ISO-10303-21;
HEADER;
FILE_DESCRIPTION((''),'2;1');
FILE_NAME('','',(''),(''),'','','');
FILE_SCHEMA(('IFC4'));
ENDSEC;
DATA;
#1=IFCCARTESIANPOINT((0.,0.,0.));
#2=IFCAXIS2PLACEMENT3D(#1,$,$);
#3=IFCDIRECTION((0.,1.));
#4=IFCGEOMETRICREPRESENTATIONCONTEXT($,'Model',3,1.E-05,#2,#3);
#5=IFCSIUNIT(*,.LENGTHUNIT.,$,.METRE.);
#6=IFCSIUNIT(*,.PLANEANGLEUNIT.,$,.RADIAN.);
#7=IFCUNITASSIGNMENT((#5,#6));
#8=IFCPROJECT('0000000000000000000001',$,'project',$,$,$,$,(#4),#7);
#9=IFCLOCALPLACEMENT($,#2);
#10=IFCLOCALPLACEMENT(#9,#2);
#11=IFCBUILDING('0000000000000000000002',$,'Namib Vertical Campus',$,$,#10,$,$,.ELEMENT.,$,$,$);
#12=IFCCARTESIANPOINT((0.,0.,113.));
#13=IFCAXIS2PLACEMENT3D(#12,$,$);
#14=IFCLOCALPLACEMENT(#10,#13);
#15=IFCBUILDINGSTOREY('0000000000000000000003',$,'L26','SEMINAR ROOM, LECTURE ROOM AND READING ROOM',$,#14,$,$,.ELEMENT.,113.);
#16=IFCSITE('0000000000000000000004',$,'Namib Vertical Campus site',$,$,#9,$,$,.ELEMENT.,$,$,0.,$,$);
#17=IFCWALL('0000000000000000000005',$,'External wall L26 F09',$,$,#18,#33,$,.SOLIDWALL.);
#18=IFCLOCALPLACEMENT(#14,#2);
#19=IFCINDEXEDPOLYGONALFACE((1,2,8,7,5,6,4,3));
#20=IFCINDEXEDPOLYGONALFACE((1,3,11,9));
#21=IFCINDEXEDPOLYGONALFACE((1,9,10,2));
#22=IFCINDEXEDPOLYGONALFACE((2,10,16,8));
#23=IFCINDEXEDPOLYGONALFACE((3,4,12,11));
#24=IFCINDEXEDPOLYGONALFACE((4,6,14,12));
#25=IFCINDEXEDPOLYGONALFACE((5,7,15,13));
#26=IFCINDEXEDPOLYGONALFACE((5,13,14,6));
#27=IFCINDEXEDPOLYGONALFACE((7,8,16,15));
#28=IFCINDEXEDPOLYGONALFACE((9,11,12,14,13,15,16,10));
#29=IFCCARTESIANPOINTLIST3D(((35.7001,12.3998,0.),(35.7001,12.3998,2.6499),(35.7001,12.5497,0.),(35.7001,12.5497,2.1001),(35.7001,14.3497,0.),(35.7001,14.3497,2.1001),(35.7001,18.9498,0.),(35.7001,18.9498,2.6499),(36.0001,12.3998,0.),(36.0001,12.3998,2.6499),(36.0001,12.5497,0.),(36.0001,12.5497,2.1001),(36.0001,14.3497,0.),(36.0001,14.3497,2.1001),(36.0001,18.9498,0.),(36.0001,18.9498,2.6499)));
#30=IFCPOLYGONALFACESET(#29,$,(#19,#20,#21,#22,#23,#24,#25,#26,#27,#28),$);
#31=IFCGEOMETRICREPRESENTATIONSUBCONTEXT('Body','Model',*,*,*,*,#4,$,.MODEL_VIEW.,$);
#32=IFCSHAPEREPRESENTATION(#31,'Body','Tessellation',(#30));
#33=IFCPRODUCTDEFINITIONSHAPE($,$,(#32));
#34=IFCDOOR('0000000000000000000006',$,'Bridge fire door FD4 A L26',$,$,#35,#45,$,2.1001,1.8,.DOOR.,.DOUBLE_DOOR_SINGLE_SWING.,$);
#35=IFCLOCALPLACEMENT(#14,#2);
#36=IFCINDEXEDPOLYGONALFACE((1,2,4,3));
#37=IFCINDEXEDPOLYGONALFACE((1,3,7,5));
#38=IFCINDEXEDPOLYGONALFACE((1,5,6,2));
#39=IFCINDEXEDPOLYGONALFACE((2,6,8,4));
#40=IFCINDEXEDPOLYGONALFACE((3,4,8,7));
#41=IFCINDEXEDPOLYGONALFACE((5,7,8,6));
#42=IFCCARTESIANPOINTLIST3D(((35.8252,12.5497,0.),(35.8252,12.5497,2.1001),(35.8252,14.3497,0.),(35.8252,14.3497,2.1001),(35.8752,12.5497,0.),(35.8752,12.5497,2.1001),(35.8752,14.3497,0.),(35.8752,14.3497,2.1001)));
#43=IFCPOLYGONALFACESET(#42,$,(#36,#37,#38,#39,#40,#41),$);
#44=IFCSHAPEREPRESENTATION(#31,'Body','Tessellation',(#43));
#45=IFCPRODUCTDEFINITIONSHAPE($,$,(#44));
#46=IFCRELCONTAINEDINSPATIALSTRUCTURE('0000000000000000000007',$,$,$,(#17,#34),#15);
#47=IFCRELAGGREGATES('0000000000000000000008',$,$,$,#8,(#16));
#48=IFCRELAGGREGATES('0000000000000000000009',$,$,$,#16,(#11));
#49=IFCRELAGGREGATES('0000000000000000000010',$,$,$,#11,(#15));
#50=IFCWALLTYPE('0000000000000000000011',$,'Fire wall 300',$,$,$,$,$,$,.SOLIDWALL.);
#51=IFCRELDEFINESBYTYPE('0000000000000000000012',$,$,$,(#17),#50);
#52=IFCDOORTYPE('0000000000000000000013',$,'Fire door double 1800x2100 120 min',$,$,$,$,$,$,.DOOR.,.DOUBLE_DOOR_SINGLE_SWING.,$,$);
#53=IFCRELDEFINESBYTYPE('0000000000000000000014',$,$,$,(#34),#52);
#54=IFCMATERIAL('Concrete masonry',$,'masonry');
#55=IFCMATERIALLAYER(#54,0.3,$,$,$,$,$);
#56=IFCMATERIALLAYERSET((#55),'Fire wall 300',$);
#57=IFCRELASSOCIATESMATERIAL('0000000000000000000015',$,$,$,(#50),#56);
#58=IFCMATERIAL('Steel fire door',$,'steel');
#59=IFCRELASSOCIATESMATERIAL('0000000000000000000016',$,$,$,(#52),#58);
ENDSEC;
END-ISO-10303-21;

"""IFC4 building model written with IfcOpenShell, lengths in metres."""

from ifc_helpers import new_model, si_unit, direction, frame, frame_2d, origin, place, context, subcontext, project, spatial, rectangle, extrude, material, layer, layer_set, type_object, element, fill, save


model = new_model("IFC4")

# Units and contexts
model_context = context("Model", 3, precision=1e-05, world=origin(), true_north=direction((0.0, 1.0)))
body_context = subcontext(model_context, "Body", "Model", "MODEL_VIEW")
ifc_project = project(units=[si_unit("LENGTHUNIT", "METRE"), si_unit("PLANEANGLEUNIT", "RADIAN")], contexts=[model_context])

# Site, building, storey
site_placement = place(None, origin())
site = spatial("IfcSite", under=ifc_project, at=site_placement, Name="Namib Vertical Campus site", CompositionType="ELEMENT", RefElevation=0.0)
building_placement = place(site_placement, origin())
building = spatial("IfcBuilding", under=site, at=building_placement, Name="Namib Vertical Campus", CompositionType="ELEMENT")
storey_placement = place(building_placement, frame((0.0, 0.0, 113.0)))
storey = spatial("IfcBuildingStorey", under=building, at=storey_placement, Name="L26", Description="SEMINAR ROOM, LECTURE ROOM AND READING ROOM", CompositionType="ELEMENT", Elevation=113.0)

# Wall, opening, door
ifc_material_1 = material(Name="Concrete masonry", Category="masonry")
ifc_layer_1 = layer(ifc_material_1, 0.3)
ifc_layer_set_1 = layer_set([ifc_layer_1], Name="Fire wall 300")
wall_type_1 = type_object("IfcWallType", Name="Fire wall 300", PredefinedType="SOLIDWALL", material=ifc_layer_set_1)
wall_1_placement = place(storey_placement, frame((35.8501, 12.3999, 0.0), z_axis=(0.0, 0.0, 1.0), x_axis=(0.0, 1.0, 0.0)))
wall_1 = element("IfcWall", 1, at=wall_1_placement, inside=storey, type_object=wall_type_1, Name="External wall L26 F09", PredefinedType="SOLIDWALL", context=body_context, shape_type="SweptSolid", body=[
    extrude(rectangle(XDim=6.55, YDim=0.3, at=frame_2d((3.2749, 0.0))), origin(), (0.0, 0.0, 1.0), 2.6499),
])
opening_1_placement = place(wall_1_placement, frame((0.1499, 0.0, 0.0)))
opening_1 = element("IfcOpeningElement", 2, at=opening_1_placement, cuts=wall_1, PredefinedType="OPENING", context=body_context, shape_type="SweptSolid", body=[
    extrude(rectangle(XDim=1.8, YDim=2.1001, at=frame_2d((0.8999, 1.05))), frame((0.0, 0.1599, 0.0), z_axis=(0.0, -1.0, 0.0), x_axis=(1.0, 0.0, 0.0)), (0.0, 0.0, 1.0), 0.3201),
])
ifc_material_2 = material(Name="Steel fire door", Category="steel")
door_type_1 = type_object("IfcDoorType", Name="Fire door double 1800x2100 120 min", OperationType="DOUBLE_DOOR_SINGLE_SWING", PredefinedType="DOOR", material=ifc_material_2)
door_1_placement = place(opening_1_placement, origin())
door_1 = element("IfcDoor", 3, at=door_1_placement, inside=storey, type_object=door_type_1, Name="Bridge fire door FD4 A L26", OperationType="DOUBLE_DOOR_SINGLE_SWING", OverallHeight=2.1001, OverallWidth=1.8, PredefinedType="DOOR", context=body_context, shape_type="SweptSolid", body=[
    extrude(rectangle(XDim=1.8, YDim=2.1001, at=frame_2d((0.8999, 1.05))), frame((0.0, 0.0249, 0.0), z_axis=(0.0, -1.0, 0.0), x_axis=(1.0, 0.0, 0.0)), (0.0, 0.0, 1.0), 0.05),
])
fill(opening_1, door_1)

save(model, "model.ifc")
